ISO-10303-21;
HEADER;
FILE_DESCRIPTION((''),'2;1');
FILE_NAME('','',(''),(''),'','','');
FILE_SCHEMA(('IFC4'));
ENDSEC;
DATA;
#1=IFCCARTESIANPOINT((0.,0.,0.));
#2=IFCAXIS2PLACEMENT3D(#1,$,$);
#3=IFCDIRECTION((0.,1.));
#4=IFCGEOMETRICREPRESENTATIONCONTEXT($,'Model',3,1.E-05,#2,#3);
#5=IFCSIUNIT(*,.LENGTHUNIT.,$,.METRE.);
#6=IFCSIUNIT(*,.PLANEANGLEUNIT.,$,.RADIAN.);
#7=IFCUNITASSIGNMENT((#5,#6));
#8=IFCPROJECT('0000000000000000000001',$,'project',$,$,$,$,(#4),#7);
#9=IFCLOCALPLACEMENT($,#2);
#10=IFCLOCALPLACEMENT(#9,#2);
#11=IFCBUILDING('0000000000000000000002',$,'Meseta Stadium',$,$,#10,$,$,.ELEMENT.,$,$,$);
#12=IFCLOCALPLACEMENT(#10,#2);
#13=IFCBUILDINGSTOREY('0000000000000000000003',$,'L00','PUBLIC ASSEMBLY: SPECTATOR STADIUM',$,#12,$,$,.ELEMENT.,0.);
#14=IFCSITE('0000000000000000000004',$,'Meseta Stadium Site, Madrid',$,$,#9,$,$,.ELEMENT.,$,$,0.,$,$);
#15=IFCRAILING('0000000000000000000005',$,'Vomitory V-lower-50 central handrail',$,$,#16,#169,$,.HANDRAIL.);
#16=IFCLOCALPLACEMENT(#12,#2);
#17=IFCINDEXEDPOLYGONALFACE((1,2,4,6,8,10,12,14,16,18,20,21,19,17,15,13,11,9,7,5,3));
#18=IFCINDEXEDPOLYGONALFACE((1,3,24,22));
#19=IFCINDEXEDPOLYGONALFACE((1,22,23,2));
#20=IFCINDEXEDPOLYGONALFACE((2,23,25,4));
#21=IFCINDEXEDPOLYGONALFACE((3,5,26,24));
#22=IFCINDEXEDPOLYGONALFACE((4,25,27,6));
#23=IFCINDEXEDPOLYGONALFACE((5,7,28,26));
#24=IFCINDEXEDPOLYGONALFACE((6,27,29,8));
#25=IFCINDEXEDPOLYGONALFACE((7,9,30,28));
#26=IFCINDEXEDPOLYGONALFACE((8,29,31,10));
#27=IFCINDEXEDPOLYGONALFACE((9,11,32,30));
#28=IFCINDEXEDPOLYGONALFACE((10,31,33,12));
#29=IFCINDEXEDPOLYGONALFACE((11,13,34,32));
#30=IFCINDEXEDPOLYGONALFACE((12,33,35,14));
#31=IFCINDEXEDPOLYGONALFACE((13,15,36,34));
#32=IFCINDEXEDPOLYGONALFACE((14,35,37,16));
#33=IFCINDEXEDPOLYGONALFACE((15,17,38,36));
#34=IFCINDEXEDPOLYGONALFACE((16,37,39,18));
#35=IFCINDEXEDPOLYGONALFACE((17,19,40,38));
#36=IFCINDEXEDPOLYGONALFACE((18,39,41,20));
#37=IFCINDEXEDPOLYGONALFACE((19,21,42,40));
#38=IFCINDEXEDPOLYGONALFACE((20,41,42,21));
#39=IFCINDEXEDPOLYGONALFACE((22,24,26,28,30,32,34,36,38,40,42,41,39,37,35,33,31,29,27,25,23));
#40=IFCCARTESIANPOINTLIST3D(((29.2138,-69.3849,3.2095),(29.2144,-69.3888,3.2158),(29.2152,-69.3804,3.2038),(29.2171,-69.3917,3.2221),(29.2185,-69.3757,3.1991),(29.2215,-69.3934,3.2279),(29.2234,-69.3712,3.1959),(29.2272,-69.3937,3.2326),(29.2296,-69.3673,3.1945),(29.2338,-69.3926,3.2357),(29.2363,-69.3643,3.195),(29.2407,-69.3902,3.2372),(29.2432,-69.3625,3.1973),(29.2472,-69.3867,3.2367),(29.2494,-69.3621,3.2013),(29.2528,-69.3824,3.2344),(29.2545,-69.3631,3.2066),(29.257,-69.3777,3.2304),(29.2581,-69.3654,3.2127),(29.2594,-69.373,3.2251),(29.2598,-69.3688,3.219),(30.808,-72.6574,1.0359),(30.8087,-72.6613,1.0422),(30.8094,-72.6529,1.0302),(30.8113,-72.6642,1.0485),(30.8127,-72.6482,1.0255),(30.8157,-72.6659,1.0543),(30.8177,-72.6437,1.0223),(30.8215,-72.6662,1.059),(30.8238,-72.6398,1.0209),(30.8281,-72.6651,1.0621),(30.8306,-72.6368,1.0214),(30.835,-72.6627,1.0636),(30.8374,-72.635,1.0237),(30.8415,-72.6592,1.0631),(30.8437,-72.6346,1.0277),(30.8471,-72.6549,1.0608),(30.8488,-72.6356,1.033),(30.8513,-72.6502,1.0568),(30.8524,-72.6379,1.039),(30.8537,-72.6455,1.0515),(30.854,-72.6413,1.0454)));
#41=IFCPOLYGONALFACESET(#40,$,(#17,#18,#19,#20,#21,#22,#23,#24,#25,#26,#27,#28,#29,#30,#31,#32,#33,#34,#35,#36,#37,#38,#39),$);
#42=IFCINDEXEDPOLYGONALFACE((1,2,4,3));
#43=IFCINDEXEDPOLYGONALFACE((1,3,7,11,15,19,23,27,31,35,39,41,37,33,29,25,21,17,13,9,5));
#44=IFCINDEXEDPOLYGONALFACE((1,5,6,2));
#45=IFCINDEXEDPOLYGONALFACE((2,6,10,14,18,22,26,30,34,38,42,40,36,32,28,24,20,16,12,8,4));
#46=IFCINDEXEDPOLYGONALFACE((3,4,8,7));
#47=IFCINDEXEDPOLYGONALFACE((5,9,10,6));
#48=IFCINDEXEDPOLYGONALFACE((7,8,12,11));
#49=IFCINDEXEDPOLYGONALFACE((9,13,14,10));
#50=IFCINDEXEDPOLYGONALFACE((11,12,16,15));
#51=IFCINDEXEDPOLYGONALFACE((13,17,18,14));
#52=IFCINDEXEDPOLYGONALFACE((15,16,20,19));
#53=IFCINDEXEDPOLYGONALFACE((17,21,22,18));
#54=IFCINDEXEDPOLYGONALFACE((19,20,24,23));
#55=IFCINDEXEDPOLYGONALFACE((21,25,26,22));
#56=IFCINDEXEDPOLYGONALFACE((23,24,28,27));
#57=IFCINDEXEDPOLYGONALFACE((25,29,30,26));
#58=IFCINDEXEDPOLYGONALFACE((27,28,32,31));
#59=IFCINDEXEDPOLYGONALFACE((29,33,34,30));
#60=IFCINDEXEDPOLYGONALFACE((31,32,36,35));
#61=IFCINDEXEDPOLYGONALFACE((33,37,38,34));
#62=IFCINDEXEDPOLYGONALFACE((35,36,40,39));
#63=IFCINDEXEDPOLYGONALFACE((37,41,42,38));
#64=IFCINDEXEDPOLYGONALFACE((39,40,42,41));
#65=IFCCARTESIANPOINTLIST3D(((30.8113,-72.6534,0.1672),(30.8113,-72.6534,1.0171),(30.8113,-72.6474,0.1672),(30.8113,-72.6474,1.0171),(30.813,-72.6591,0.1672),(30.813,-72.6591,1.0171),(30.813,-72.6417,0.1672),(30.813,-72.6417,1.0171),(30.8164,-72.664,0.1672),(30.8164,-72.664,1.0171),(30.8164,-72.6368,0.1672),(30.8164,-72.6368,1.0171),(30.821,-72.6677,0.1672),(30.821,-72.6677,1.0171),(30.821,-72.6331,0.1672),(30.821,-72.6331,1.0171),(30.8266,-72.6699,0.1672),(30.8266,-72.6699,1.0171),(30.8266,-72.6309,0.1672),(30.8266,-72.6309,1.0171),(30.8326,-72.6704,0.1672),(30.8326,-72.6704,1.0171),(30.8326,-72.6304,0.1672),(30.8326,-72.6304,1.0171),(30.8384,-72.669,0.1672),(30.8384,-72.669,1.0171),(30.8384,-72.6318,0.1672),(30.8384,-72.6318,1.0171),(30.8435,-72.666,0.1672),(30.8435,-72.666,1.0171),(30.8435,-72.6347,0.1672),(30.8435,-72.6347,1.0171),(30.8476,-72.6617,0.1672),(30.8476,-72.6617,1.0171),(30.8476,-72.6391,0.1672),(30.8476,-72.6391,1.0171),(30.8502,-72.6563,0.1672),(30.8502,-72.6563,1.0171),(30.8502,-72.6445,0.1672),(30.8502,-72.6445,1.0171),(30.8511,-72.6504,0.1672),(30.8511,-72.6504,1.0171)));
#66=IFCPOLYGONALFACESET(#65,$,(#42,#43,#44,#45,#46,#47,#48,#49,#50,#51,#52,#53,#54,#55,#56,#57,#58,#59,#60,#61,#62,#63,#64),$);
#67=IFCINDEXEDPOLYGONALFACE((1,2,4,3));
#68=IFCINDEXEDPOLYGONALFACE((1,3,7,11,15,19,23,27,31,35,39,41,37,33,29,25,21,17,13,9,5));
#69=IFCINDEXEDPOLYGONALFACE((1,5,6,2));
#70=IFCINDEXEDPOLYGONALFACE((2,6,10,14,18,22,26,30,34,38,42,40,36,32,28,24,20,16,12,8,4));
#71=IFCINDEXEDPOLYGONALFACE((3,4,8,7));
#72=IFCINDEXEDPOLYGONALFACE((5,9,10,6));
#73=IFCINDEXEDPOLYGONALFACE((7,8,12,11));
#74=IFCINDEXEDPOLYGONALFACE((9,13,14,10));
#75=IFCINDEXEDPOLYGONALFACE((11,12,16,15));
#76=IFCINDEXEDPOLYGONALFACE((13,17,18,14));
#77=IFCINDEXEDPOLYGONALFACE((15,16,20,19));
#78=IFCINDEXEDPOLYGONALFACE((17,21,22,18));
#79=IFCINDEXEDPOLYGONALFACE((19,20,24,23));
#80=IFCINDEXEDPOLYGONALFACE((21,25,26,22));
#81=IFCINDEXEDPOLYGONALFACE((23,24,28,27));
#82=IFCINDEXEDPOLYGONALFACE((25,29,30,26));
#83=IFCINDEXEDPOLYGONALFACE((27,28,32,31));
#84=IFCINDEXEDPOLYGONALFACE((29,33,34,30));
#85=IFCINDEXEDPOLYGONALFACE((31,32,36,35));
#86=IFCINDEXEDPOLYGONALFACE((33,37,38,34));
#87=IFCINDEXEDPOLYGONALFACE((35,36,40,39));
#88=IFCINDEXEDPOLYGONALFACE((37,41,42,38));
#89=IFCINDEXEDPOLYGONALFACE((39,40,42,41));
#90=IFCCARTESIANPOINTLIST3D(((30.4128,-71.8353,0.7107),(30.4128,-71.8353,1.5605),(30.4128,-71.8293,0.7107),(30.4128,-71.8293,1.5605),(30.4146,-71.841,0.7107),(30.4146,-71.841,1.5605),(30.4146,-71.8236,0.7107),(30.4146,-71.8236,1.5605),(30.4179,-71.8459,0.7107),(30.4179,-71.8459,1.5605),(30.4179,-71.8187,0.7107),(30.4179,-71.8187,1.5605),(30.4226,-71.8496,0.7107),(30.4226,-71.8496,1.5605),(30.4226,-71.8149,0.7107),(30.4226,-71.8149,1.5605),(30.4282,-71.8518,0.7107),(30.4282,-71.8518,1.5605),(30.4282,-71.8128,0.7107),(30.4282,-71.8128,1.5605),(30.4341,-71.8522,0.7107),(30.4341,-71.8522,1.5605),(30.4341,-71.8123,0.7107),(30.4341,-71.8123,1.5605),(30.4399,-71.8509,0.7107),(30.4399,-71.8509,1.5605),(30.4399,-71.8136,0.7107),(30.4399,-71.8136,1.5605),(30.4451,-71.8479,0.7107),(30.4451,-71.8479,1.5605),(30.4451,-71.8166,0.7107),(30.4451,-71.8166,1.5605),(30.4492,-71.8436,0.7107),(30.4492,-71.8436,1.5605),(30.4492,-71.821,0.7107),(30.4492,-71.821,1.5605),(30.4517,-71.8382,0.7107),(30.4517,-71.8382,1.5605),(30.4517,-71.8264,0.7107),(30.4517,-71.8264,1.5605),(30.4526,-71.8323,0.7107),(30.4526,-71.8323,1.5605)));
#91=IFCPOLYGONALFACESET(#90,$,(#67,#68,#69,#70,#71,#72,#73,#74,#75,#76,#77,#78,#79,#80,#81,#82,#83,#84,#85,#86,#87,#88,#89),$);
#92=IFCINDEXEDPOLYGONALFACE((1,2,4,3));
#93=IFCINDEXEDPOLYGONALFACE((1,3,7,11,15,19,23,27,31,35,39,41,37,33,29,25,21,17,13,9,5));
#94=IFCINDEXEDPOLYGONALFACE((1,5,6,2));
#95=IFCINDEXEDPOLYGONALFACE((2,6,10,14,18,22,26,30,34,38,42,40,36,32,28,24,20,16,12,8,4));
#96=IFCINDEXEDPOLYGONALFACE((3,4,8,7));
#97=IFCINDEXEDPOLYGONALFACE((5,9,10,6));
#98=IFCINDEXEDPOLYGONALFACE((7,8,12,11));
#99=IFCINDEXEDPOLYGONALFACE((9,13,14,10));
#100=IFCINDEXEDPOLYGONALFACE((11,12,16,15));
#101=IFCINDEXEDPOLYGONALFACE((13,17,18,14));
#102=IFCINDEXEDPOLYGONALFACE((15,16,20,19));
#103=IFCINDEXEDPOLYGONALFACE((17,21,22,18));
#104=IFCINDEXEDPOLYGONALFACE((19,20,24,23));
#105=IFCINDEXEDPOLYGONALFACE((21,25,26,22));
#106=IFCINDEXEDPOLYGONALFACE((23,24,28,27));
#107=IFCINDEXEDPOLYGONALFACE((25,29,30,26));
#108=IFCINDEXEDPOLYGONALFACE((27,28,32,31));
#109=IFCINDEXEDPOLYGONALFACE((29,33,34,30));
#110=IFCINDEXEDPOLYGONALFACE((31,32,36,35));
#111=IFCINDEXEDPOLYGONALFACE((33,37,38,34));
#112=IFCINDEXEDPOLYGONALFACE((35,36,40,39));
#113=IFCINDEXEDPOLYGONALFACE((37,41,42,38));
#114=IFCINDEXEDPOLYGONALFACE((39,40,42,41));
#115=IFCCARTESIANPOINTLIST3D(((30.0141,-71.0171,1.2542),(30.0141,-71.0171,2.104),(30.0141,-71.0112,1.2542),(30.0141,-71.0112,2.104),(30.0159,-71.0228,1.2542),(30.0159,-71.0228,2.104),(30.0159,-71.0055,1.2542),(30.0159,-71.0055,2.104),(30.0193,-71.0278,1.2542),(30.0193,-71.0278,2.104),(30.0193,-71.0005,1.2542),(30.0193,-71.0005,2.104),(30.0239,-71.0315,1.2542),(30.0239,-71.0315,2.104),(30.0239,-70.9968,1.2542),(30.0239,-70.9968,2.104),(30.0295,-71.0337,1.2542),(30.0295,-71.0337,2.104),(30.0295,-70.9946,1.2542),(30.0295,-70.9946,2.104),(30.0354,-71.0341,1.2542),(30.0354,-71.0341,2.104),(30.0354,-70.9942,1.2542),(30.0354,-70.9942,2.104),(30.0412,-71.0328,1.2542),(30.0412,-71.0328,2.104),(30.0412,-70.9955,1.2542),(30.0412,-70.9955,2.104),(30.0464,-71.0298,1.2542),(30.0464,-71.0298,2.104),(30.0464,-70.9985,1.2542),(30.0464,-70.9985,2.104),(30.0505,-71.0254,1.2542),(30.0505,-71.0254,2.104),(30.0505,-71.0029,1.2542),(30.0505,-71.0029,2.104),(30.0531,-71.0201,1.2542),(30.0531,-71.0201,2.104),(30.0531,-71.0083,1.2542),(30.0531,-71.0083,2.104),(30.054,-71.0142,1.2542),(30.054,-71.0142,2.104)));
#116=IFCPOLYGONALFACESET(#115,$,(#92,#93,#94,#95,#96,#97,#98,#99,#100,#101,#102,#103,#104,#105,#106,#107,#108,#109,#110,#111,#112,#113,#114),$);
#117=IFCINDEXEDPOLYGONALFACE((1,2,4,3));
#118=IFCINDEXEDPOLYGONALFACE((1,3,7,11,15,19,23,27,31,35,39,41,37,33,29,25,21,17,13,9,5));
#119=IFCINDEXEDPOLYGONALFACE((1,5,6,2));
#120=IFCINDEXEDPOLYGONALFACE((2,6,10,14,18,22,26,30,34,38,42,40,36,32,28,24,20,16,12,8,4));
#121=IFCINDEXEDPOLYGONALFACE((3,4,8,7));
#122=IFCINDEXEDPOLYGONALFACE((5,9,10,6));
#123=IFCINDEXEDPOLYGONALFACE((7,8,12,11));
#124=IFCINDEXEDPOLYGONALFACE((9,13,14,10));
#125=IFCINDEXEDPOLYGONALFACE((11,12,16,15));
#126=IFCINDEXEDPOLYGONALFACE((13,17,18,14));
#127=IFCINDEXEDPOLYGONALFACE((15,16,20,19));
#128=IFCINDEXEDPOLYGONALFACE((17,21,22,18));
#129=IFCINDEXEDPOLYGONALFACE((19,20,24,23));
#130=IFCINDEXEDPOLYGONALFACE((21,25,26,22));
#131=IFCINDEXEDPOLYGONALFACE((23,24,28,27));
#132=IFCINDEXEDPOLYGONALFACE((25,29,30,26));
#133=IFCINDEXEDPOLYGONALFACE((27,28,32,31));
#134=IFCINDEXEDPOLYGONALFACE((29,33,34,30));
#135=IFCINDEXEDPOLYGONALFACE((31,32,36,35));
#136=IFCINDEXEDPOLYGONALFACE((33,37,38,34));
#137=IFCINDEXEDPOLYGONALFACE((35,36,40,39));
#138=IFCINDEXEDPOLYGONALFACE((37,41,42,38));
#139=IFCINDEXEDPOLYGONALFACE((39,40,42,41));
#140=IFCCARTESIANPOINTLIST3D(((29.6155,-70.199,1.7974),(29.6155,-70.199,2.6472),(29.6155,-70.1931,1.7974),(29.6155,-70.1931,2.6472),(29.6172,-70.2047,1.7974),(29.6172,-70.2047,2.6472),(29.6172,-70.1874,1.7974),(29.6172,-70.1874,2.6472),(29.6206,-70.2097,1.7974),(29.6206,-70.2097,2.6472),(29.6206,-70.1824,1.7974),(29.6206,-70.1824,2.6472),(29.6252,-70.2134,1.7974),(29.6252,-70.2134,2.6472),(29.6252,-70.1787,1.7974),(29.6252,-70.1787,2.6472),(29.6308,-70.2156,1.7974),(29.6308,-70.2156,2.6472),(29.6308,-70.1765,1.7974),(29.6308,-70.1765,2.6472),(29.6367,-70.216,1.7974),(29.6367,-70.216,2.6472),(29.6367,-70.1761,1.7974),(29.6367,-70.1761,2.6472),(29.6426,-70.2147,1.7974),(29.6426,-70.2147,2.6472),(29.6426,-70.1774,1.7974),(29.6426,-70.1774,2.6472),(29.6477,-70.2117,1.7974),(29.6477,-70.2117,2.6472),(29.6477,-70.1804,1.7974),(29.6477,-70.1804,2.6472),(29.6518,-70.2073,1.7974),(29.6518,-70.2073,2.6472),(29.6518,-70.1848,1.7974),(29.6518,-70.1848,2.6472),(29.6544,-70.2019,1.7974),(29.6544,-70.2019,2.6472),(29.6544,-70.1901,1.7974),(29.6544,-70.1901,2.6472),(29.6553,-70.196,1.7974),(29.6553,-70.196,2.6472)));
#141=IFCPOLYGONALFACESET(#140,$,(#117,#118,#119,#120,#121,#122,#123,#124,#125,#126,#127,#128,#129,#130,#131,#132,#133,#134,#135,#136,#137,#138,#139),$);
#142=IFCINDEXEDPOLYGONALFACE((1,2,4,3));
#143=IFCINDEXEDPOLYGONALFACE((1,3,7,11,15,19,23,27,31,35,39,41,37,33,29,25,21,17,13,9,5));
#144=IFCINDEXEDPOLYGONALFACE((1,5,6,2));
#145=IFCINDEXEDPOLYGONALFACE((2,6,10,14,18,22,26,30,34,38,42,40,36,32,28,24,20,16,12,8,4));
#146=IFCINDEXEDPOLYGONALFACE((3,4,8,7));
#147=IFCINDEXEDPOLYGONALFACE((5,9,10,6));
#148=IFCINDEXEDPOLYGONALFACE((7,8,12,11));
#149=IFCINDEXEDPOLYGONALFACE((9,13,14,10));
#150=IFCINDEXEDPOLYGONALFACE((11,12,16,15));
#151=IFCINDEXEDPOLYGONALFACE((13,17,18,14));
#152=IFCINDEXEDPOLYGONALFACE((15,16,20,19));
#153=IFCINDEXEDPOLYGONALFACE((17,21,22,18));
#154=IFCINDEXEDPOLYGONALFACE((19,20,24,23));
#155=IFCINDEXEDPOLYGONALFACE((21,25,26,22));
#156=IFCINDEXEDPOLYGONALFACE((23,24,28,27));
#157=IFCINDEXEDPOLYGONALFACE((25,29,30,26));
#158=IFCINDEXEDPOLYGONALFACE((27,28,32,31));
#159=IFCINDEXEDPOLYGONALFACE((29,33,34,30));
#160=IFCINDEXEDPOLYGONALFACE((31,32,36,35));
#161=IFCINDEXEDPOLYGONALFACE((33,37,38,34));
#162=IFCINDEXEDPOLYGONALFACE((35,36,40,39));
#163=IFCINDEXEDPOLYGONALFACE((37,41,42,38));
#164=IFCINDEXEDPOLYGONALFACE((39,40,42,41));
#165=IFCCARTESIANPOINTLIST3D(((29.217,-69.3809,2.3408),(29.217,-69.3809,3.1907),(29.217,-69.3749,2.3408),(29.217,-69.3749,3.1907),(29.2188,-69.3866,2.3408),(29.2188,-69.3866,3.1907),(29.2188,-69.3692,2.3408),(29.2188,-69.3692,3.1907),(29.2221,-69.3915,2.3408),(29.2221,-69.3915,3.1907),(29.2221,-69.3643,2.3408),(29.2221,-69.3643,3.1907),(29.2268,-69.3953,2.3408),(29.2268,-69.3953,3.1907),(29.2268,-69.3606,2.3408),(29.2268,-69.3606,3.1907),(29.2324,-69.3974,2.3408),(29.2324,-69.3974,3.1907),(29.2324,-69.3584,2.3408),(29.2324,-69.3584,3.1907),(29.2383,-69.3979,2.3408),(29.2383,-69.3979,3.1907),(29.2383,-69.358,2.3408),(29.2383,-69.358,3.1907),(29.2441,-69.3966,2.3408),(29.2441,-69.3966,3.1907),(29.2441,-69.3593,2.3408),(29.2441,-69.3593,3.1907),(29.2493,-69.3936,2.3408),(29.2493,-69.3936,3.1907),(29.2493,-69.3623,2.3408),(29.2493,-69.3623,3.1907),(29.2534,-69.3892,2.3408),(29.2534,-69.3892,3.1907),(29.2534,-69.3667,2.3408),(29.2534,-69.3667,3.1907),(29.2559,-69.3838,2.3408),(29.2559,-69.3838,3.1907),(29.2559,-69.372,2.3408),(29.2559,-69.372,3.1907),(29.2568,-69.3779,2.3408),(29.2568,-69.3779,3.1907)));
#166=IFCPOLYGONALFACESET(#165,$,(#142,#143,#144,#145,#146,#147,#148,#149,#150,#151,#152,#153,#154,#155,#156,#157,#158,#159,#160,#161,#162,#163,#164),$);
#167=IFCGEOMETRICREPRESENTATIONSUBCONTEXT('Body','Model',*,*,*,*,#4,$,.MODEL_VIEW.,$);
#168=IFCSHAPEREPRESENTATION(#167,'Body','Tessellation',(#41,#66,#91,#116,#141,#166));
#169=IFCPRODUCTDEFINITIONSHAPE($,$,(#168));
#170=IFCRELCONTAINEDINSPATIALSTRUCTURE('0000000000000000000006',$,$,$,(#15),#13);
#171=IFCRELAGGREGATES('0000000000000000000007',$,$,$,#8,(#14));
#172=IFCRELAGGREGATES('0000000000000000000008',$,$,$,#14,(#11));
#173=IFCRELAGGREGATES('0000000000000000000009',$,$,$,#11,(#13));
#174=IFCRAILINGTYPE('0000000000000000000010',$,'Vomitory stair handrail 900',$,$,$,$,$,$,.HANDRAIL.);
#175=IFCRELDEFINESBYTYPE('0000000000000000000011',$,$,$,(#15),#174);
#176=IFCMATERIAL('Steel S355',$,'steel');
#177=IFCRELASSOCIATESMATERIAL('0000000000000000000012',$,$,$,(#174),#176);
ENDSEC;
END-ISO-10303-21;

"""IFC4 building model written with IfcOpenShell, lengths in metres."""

from ifc_helpers import new_model, si_unit, direction, frame, origin, origin_2d, place, context, subcontext, project, spatial, circle, extrude, material, type_object, element, save


model = new_model("IFC4")

# Units and contexts
model_context = context("Model", 3, precision=1e-05, world=origin(), true_north=direction((0.0, 1.0)))
body_context = subcontext(model_context, "Body", "Model", "MODEL_VIEW")
ifc_project = project(units=[si_unit("LENGTHUNIT", "METRE"), si_unit("PLANEANGLEUNIT", "RADIAN")], contexts=[model_context])

# Site, building, storey
site_placement = place(None, origin())
site = spatial("IfcSite", under=ifc_project, at=site_placement, Name="Meseta Stadium Site, Madrid", CompositionType="ELEMENT", RefElevation=0.0)
building_placement = place(site_placement, origin())
building = spatial("IfcBuilding", under=site, at=building_placement, Name="Meseta Stadium", CompositionType="ELEMENT")
storey_placement = place(building_placement, origin())
storey = spatial("IfcBuildingStorey", under=building, at=storey_placement, Name="L00", Description="PUBLIC ASSEMBLY: SPECTATOR STADIUM", CompositionType="ELEMENT", Elevation=0.0)

# Railing
ifc_material_1 = material(Name="Steel S355", Category="steel")
railing_type_1 = type_object("IfcRailingType", Name="Vomitory stair handrail 900", PredefinedType="HANDRAIL", material=ifc_material_1)
railing_1_placement = place(storey_placement, frame((30.8311, -72.6504, 0.1672)))
element("IfcRailing", 1, at=railing_1_placement, inside=storey, type_object=railing_type_1, Name="Vomitory V-lower-50 central handrail", PredefinedType="HANDRAIL", context=body_context, shape_type="SweptSolid", body=[
    extrude(circle(Radius=0.0249, at=origin_2d()), frame((0.0, 0.0, 0.875), z_axis=(-0.376026, 0.771861, 0.512674), x_axis=(-0.898994, -0.437961, 0.0)), (0.0, 0.0, 1.0), 4.2397),
    extrude(circle(Radius=0.02, at=origin_2d()), origin(), (0.0, 0.0, 1.0), 0.8499),
    extrude(circle(Radius=0.02, at=origin_2d()), frame((-0.3984, 0.8181, 0.5435)), (0.0, 0.0, 1.0), 0.8499),
    extrude(circle(Radius=0.02, at=origin_2d()), frame((-0.7971, 1.6362, 1.0869)), (0.0, 0.0, 1.0), 0.8499),
    extrude(circle(Radius=0.02, at=origin_2d()), frame((-1.1958, 2.4543, 1.6301)), (0.0, 0.0, 1.0), 0.8499),
    extrude(circle(Radius=0.02, at=origin_2d()), frame((-1.5942, 3.2725, 2.1736)), (0.0, 0.0, 1.0), 0.8499),
])

save(model, "model.ifc")
